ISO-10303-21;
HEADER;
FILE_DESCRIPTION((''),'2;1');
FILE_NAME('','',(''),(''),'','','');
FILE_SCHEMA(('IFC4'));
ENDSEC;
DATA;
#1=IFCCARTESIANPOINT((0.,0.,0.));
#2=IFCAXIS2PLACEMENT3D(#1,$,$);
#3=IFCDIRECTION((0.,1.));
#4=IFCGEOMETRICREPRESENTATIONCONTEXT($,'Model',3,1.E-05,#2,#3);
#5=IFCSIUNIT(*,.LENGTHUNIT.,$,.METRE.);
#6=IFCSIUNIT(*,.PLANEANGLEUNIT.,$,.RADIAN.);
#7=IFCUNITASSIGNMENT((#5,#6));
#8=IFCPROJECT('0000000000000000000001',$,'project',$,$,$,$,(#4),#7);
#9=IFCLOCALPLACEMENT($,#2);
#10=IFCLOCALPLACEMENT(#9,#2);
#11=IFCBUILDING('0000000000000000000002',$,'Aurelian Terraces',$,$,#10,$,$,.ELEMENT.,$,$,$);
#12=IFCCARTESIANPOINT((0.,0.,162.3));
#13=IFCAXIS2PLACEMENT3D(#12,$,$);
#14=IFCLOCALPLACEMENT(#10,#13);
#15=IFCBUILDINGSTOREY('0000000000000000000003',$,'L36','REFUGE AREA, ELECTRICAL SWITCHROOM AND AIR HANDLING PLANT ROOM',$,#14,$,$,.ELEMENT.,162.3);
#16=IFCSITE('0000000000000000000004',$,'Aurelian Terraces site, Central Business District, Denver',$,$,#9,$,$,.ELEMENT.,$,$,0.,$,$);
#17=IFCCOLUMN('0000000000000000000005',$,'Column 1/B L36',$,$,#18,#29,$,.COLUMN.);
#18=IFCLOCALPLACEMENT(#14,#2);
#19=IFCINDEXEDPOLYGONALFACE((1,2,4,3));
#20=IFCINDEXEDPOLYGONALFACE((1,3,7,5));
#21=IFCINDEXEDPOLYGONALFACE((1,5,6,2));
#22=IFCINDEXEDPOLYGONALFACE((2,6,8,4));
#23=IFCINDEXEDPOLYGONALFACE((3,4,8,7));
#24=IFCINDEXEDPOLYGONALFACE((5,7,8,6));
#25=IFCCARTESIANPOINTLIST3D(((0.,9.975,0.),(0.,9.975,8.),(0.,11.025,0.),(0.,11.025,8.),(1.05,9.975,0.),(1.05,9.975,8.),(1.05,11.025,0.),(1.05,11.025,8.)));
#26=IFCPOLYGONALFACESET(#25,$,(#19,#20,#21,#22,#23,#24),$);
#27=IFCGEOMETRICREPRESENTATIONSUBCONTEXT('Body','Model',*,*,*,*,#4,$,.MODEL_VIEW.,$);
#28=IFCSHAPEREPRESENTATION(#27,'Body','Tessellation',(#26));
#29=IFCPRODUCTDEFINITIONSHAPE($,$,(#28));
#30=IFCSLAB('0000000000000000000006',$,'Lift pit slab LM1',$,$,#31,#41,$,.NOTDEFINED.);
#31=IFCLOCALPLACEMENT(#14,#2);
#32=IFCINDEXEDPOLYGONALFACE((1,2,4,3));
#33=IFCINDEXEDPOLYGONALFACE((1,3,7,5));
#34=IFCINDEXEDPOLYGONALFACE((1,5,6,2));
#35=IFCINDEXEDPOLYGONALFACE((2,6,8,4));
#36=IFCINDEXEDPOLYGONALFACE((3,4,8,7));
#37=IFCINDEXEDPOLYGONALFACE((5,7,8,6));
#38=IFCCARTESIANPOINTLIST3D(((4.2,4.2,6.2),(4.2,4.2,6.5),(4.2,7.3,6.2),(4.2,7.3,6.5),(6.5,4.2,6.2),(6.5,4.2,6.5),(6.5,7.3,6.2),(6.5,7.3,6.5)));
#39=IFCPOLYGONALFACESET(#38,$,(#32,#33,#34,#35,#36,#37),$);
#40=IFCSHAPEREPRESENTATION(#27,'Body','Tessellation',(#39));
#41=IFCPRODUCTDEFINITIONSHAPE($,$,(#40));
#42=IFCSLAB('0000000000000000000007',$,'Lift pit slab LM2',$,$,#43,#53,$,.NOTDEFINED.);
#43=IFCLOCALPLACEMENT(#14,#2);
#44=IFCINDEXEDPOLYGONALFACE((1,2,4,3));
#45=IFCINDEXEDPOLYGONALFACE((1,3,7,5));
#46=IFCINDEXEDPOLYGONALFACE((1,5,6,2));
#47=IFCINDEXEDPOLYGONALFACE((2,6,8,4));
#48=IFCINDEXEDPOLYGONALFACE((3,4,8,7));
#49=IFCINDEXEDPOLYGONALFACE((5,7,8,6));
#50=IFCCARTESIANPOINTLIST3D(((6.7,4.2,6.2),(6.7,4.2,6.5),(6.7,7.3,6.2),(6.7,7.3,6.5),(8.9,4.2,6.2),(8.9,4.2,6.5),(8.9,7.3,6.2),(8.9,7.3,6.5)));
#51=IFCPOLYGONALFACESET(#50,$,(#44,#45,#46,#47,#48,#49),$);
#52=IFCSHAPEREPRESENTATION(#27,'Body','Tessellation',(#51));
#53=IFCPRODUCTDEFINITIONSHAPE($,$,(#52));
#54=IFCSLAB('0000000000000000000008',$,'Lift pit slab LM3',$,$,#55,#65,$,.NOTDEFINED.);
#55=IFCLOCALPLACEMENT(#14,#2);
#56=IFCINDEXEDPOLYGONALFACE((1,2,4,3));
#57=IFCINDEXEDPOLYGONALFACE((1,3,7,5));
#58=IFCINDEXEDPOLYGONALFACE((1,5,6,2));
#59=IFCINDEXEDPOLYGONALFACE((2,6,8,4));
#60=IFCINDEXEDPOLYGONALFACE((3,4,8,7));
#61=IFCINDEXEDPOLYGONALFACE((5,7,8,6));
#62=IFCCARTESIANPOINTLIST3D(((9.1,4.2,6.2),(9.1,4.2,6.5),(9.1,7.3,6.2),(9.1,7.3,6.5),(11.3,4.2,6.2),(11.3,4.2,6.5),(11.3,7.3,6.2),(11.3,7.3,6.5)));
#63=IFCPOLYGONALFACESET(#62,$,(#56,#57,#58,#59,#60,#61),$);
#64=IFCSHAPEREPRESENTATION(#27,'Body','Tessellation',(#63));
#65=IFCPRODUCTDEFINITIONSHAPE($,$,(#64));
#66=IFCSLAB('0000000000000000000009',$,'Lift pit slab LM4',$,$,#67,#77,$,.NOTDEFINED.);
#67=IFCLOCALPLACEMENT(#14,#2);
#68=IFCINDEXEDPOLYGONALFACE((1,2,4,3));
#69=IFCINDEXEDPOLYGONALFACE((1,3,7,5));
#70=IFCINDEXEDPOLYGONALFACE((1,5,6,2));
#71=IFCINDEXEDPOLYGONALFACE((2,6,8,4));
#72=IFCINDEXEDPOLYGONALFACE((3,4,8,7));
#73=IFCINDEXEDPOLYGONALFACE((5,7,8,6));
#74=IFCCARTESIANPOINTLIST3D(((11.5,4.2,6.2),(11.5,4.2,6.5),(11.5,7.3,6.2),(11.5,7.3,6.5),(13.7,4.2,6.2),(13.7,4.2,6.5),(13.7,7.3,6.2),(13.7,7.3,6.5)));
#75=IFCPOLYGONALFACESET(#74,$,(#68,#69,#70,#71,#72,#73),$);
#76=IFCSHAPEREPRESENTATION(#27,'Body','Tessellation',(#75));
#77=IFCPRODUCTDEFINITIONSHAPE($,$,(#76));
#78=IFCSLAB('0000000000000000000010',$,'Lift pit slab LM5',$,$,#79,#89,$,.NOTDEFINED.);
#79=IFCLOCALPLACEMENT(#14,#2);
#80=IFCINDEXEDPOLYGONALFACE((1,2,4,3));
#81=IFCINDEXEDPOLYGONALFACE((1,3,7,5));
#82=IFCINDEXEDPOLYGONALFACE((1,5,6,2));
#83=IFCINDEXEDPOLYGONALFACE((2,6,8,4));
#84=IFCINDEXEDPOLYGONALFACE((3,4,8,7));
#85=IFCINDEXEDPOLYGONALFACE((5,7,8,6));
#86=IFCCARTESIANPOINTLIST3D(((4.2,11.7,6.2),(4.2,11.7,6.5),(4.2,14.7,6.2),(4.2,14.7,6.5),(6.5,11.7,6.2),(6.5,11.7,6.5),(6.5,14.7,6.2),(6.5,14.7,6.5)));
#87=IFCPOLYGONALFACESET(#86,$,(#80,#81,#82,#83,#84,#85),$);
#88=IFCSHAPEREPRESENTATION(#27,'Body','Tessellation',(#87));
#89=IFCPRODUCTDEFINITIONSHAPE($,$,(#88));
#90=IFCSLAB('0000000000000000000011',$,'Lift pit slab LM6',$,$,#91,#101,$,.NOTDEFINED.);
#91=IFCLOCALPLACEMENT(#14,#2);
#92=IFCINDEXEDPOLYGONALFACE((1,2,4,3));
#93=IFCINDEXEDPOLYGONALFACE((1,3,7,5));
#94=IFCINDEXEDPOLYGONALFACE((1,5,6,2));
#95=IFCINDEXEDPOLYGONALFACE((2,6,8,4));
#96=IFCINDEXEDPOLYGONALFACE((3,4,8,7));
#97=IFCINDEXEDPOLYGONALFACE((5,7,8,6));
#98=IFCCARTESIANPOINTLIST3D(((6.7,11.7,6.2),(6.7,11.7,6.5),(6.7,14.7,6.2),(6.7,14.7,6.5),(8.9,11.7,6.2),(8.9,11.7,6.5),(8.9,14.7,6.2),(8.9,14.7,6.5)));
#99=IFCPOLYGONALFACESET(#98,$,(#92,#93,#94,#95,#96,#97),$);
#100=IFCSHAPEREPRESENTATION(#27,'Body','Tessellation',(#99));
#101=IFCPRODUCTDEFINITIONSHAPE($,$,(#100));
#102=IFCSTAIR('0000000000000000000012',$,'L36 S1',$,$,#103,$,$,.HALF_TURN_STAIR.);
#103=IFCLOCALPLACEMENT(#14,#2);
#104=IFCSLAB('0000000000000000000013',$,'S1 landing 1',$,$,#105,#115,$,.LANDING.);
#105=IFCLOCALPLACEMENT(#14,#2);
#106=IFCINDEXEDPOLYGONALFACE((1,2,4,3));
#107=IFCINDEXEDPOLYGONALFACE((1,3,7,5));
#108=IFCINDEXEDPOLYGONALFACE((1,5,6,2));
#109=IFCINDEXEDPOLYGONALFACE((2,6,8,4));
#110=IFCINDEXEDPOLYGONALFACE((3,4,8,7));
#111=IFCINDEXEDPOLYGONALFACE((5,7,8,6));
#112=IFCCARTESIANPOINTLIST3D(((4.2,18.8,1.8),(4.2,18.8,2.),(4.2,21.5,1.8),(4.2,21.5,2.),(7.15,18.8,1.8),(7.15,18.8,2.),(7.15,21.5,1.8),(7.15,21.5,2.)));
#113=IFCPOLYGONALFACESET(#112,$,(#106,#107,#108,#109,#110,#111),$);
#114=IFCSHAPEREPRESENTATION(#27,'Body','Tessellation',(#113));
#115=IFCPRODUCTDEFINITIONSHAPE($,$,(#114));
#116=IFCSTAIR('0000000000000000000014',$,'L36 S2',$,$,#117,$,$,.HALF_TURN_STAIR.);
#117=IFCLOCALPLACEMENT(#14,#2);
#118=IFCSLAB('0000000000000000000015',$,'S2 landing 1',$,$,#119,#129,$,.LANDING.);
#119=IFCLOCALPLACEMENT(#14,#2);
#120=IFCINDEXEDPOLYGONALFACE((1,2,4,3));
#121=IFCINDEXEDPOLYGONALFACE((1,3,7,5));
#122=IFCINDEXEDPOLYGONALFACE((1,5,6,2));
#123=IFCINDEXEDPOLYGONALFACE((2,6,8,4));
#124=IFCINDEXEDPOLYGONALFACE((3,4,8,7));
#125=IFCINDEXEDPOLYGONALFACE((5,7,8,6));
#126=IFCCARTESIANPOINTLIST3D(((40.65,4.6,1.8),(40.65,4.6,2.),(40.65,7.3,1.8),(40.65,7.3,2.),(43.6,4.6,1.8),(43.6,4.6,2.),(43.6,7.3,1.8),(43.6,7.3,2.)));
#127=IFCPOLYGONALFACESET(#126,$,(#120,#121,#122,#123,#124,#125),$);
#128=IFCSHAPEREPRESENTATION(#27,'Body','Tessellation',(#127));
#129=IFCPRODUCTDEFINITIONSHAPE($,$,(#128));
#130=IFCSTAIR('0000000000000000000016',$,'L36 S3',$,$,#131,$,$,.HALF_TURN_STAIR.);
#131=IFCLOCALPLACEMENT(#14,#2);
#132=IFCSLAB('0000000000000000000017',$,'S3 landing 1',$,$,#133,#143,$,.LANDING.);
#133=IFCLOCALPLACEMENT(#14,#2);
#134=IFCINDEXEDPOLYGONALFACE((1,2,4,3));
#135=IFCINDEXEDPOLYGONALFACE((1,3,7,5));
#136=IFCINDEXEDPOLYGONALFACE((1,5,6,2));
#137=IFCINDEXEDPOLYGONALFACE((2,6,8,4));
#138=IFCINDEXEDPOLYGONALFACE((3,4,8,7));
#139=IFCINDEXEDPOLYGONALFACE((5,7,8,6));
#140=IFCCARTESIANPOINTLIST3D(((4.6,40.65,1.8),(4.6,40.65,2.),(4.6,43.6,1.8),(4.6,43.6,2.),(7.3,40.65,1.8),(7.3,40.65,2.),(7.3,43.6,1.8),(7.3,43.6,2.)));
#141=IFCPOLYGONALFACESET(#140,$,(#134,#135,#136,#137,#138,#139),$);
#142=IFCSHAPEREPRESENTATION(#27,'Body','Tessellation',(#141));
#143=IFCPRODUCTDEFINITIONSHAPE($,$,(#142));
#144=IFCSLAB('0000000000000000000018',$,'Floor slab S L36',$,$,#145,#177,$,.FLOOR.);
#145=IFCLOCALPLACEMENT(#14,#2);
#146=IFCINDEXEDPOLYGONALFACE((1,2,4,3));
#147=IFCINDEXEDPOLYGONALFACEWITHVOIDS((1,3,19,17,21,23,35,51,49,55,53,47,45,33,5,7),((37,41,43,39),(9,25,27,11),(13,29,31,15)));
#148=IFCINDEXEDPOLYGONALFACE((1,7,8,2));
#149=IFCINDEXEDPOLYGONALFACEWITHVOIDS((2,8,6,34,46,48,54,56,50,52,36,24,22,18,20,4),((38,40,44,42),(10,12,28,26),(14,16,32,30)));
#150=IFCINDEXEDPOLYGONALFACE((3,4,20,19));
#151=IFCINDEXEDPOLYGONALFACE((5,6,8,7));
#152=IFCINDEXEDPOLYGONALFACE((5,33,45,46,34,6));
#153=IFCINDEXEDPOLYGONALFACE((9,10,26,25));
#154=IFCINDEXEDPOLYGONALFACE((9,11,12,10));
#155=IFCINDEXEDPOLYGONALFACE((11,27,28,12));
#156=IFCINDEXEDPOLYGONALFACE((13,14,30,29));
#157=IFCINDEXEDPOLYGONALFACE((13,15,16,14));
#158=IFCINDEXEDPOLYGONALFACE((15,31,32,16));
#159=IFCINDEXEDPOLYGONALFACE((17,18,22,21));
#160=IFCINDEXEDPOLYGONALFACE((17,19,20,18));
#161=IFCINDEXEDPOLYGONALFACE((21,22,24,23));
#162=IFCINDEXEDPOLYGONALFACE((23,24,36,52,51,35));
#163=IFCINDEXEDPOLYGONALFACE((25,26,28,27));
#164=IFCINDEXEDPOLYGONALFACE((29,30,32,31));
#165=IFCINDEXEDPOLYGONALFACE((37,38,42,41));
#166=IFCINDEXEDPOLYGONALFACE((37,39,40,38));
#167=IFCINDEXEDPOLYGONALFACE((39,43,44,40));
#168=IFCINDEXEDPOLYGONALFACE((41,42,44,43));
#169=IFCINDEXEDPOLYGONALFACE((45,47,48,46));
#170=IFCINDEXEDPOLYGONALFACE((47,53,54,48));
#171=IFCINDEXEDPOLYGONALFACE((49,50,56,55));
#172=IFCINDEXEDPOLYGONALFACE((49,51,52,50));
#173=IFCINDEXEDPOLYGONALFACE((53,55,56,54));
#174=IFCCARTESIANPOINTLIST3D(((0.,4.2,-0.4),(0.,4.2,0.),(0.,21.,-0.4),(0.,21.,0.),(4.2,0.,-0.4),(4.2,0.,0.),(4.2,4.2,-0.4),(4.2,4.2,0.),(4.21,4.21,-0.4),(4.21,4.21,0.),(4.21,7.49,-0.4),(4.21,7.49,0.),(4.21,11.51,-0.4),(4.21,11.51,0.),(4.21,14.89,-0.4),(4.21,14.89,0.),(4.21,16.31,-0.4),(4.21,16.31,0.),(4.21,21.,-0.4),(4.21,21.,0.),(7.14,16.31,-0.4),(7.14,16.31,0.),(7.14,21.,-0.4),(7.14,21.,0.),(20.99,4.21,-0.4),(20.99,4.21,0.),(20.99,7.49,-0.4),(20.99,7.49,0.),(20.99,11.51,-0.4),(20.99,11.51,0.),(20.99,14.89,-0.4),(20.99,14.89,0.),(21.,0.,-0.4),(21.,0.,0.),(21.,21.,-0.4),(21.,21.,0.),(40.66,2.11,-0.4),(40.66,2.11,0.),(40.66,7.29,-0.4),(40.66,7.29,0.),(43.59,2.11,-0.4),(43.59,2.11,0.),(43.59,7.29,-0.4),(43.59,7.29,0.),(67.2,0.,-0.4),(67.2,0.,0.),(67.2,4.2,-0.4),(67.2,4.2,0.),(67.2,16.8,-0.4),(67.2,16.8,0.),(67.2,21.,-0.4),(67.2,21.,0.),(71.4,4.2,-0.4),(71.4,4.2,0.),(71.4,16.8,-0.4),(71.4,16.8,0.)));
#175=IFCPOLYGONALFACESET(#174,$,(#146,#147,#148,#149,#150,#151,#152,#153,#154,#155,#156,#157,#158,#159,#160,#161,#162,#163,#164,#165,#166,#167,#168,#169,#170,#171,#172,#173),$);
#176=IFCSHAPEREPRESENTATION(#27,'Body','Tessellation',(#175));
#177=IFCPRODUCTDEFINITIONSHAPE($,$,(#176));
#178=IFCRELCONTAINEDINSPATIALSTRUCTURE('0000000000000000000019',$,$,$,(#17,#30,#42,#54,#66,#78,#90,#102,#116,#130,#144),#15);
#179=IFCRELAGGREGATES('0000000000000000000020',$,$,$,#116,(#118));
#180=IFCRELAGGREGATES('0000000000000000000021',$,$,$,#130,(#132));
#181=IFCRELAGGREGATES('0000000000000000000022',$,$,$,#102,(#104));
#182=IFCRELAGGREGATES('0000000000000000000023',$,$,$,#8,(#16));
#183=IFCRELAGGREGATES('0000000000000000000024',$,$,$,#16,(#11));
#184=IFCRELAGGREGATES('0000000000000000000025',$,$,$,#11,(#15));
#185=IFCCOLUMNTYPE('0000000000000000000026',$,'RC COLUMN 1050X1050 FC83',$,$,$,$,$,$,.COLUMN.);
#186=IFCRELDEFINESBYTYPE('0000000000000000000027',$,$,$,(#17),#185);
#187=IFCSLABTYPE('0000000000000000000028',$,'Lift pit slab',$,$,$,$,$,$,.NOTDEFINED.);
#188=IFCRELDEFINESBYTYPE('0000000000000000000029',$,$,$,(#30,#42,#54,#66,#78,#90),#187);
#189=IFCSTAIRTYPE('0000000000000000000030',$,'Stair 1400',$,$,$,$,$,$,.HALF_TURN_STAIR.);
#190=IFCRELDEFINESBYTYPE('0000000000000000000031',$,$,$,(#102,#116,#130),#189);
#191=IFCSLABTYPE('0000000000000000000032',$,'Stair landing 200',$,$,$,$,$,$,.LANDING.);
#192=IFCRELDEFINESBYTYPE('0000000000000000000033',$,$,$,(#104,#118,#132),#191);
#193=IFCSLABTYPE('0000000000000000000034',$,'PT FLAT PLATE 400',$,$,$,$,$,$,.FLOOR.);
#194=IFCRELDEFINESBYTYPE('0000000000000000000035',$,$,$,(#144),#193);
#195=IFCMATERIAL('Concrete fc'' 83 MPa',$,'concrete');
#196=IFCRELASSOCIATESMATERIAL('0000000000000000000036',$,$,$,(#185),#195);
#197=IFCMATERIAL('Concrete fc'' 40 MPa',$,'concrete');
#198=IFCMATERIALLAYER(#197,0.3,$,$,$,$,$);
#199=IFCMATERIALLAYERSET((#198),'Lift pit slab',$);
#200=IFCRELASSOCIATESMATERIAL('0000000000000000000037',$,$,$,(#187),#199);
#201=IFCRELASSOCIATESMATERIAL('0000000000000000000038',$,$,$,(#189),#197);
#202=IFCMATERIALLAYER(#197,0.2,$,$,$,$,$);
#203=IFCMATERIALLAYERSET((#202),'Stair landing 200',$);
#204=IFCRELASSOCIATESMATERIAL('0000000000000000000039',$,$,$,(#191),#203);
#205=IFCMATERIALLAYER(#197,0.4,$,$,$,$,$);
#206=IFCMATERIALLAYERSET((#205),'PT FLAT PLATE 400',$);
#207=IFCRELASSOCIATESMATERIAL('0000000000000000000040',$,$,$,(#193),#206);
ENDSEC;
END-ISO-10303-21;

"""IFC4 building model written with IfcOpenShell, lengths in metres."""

from ifc_helpers import new_model, si_unit, direction, frame, origin, origin_2d, place, context, subcontext, project, spatial, polyline, rectangle, outline, extrude, source, transform, mapped, material, layer, layer_set, material_profile, profile_set, type_object, element, aggregate, save


model = new_model("IFC4")

# Units and contexts
model_context = context("Model", 3, precision=1e-05, world=origin(), true_north=direction((0.0, 1.0)))
body_context = subcontext(model_context, "Body", "Model", "MODEL_VIEW")
ifc_project = project(units=[si_unit("LENGTHUNIT", "METRE"), si_unit("PLANEANGLEUNIT", "RADIAN")], contexts=[model_context])

# Site, building, storey
site_placement = place(None, origin())
site = spatial("IfcSite", under=ifc_project, at=site_placement, Name="Aurelian Terraces site, Central Business District, Denver", CompositionType="ELEMENT", RefElevation=0.0)
building_placement = place(site_placement, origin())
building = spatial("IfcBuilding", under=site, at=building_placement, Name="Aurelian Terraces", CompositionType="ELEMENT")
storey_placement = place(building_placement, frame((0.0, 0.0, 162.3)))
storey = spatial("IfcBuildingStorey", under=building, at=storey_placement, Name="L36", Description="REFUGE AREA, ELECTRICAL SWITCHROOM AND AIR HANDLING PLANT ROOM", CompositionType="ELEMENT", Elevation=162.3)

# Column
ifc_material_1 = material(Name="Concrete fc' 83 MPa", Category="concrete")
ifc_material_profile = material_profile(ifc_material_1, rectangle(XDim=1.05, YDim=1.05, at=origin_2d()))
ifc_profile_set = profile_set([ifc_material_profile], Name="Concrete fc' 83 MPa")
column_type = type_object("IfcColumnType", Name="RC COLUMN 1050X1050 FC83", PredefinedType="COLUMN", material=ifc_profile_set)
shared_shape_1 = source(origin(), body_context, "Body", "SweptSolid", [
    extrude(rectangle(XDim=1.05, YDim=1.05, at=origin_2d()), origin(), (0.0, 0.0, 1.0), 8.0),
])
column_placement = place(storey_placement, frame((0.525, 10.5, 0.0), z_axis=(0.0, 0.0, 1.0), x_axis=(1.0, 0.0, 0.0)))
element("IfcColumn", 1, at=column_placement, inside=storey, type_object=column_type, Name="Column 1/B L36", PredefinedType="COLUMN", context=body_context, shape_type="MappedRepresentation", body=[
    mapped(shared_shape_1, transform((0.0, 0.0, 0.0), scale=1.0)),
])

# Slabs
ifc_material_2 = material(Name="Concrete fc' 40 MPa", Category="concrete")
ifc_layer_1 = layer(ifc_material_2, 0.3)
ifc_layer_set_1 = layer_set([ifc_layer_1], Name="Lift pit slab")
slab_type_1 = type_object("IfcSlabType", Name="Lift pit slab", PredefinedType="NOTDEFINED", material=ifc_layer_set_1)
slab_1_placement = place(storey_placement, frame((0.0, 0.0, 6.2)))
element("IfcSlab", 2, at=slab_1_placement, inside=storey, type_object=slab_type_1, Name="Lift pit slab LM1", PredefinedType="NOTDEFINED", context=body_context, shape_type="SweptSolid", body=[
    extrude(outline(polyline([(4.2, 4.2), (6.5, 4.2), (6.5, 7.3), (4.2, 7.3), (4.2, 4.2)])), origin(), (0.0, 0.0, 1.0), 0.3),
])
slab_2_placement = place(storey_placement, frame((0.0, 0.0, 6.2)))
element("IfcSlab", 3, at=slab_2_placement, inside=storey, type_object=slab_type_1, Name="Lift pit slab LM2", PredefinedType="NOTDEFINED", context=body_context, shape_type="SweptSolid", body=[
    extrude(outline(polyline([(6.7, 4.2), (8.9, 4.2), (8.9, 7.3), (6.7, 7.3), (6.7, 4.2)])), origin(), (0.0, 0.0, 1.0), 0.3),
])
slab_3_placement = place(storey_placement, frame((0.0, 0.0, 6.2)))
element("IfcSlab", 4, at=slab_3_placement, inside=storey, type_object=slab_type_1, Name="Lift pit slab LM3", PredefinedType="NOTDEFINED", context=body_context, shape_type="SweptSolid", body=[
    extrude(outline(polyline([(9.1, 4.2), (11.3, 4.2), (11.3, 7.3), (9.1, 7.3), (9.1, 4.2)])), origin(), (0.0, 0.0, 1.0), 0.3),
])
slab_4_placement = place(storey_placement, frame((0.0, 0.0, 6.2)))
element("IfcSlab", 5, at=slab_4_placement, inside=storey, type_object=slab_type_1, Name="Lift pit slab LM4", PredefinedType="NOTDEFINED", context=body_context, shape_type="SweptSolid", body=[
    extrude(outline(polyline([(11.5, 4.2), (13.7, 4.2), (13.7, 7.3), (11.5, 7.3), (11.5, 4.2)])), origin(), (0.0, 0.0, 1.0), 0.3),
])
slab_5_placement = place(storey_placement, frame((0.0, 0.0, 6.2)))
element("IfcSlab", 6, at=slab_5_placement, inside=storey, type_object=slab_type_1, Name="Lift pit slab LM5", PredefinedType="NOTDEFINED", context=body_context, shape_type="SweptSolid", body=[
    extrude(outline(polyline([(4.2, 11.7), (6.5, 11.7), (6.5, 14.7), (4.2, 14.7), (4.2, 11.7)])), origin(), (0.0, 0.0, 1.0), 0.3),
])
slab_6_placement = place(storey_placement, frame((0.0, 0.0, 6.2)))
element("IfcSlab", 7, at=slab_6_placement, inside=storey, type_object=slab_type_1, Name="Lift pit slab LM6", PredefinedType="NOTDEFINED", context=body_context, shape_type="SweptSolid", body=[
    extrude(outline(polyline([(6.7, 11.7), (8.9, 11.7), (8.9, 14.7), (6.7, 14.7), (6.7, 11.7)])), origin(), (0.0, 0.0, 1.0), 0.3),
])

# Stairs, slabs
stair_type = type_object("IfcStairType", Name="Stair 1400", PredefinedType="HALF_TURN_STAIR", material=ifc_material_2)
stair_1_placement = place(storey_placement, origin())
stair_1 = element("IfcStair", 8, at=stair_1_placement, inside=storey, type_object=stair_type, Name="L36 S1", PredefinedType="HALF_TURN_STAIR")
ifc_layer_2 = layer(ifc_material_2, 0.2)
ifc_layer_set_2 = layer_set([ifc_layer_2], Name="Stair landing 200")
slab_type_2 = type_object("IfcSlabType", Name="Stair landing 200", PredefinedType="LANDING", material=ifc_layer_set_2)
slab_7_placement = place(storey_placement, frame((0.0, 0.0, 1.8)))
slab_7 = element("IfcSlab", 9, at=slab_7_placement, type_object=slab_type_2, Name="S1 landing 1", PredefinedType="LANDING", context=body_context, shape_type="SweptSolid", body=[
    extrude(outline(polyline([(7.15, 18.8), (7.15, 21.5), (4.2, 21.5), (4.2, 18.8), (7.15, 18.8)])), origin(), (0.0, 0.0, 1.0), 0.2),
])
stair_2_placement = place(storey_placement, origin())
stair_2 = element("IfcStair", 10, at=stair_2_placement, inside=storey, type_object=stair_type, Name="L36 S2", PredefinedType="HALF_TURN_STAIR")
slab_8_placement = place(storey_placement, frame((0.0, 0.0, 1.8)))
slab_8 = element("IfcSlab", 11, at=slab_8_placement, type_object=slab_type_2, Name="S2 landing 1", PredefinedType="LANDING", context=body_context, shape_type="SweptSolid", body=[
    extrude(outline(polyline([(43.6, 4.6), (43.6, 7.3), (40.65, 7.3), (40.65, 4.6), (43.6, 4.6)])), origin(), (0.0, 0.0, 1.0), 0.2),
])
stair_3_placement = place(storey_placement, origin())
stair_3 = element("IfcStair", 12, at=stair_3_placement, inside=storey, type_object=stair_type, Name="L36 S3", PredefinedType="HALF_TURN_STAIR")
slab_9_placement = place(storey_placement, frame((0.0, 0.0, 1.8)))
slab_9 = element("IfcSlab", 13, at=slab_9_placement, type_object=slab_type_2, Name="S3 landing 1", PredefinedType="LANDING", context=body_context, shape_type="SweptSolid", body=[
    extrude(outline(polyline([(4.6, 40.65), (7.3, 40.65), (7.3, 43.6), (4.6, 43.6), (4.6, 40.65)])), origin(), (0.0, 0.0, 1.0), 0.2),
])

# Slab
ifc_layer_3 = layer(ifc_material_2, 0.4)
ifc_layer_set_3 = layer_set([ifc_layer_3], Name="PT FLAT PLATE 400")
slab_type_3 = type_object("IfcSlabType", Name="PT FLAT PLATE 400", PredefinedType="FLOOR", material=ifc_layer_set_3)
shared_shape_2 = source(origin(), body_context, "Body", "SweptSolid", [
    extrude(outline(polyline([(67.2, 16.8), (71.4, 16.8), (71.4, 4.2), (67.2, 4.2), (67.2, 0.0), (21.0, 0.0), (4.2, 0.0), (4.2, 4.2), (0.0, 4.2), (0.0, 21.0), (4.21, 21.0), (4.21, 16.31), (7.14, 16.31), (7.14, 21.0), (21.0, 21.0), (67.2, 21.0), (67.2, 16.8)]), holes=[polyline([(40.66, 2.11), (43.59, 2.11), (43.59, 7.29), (40.66, 7.29), (40.66, 2.11)]), polyline([(4.21, 7.49), (4.21, 4.21), (20.99, 4.21), (20.99, 7.49), (4.21, 7.49)]), polyline([(4.21, 14.89), (4.21, 11.51), (20.99, 11.51), (20.99, 14.89), (4.21, 14.89)])]), origin(), (0.0, 0.0, 1.0), 0.4),
])
slab_10_placement = place(storey_placement, frame((0.0, 0.0, -0.4)))
element("IfcSlab", 14, at=slab_10_placement, inside=storey, type_object=slab_type_3, Name="Floor slab S L36", PredefinedType="FLOOR", context=body_context, shape_type="MappedRepresentation", body=[
    mapped(shared_shape_2, transform((0.0, 0.0, 0.0), scale=1.0)),
])

aggregate(stair_2, [slab_8])
aggregate(stair_3, [slab_9])

aggregate(stair_1, [slab_7])

save(model, "model.ifc")
